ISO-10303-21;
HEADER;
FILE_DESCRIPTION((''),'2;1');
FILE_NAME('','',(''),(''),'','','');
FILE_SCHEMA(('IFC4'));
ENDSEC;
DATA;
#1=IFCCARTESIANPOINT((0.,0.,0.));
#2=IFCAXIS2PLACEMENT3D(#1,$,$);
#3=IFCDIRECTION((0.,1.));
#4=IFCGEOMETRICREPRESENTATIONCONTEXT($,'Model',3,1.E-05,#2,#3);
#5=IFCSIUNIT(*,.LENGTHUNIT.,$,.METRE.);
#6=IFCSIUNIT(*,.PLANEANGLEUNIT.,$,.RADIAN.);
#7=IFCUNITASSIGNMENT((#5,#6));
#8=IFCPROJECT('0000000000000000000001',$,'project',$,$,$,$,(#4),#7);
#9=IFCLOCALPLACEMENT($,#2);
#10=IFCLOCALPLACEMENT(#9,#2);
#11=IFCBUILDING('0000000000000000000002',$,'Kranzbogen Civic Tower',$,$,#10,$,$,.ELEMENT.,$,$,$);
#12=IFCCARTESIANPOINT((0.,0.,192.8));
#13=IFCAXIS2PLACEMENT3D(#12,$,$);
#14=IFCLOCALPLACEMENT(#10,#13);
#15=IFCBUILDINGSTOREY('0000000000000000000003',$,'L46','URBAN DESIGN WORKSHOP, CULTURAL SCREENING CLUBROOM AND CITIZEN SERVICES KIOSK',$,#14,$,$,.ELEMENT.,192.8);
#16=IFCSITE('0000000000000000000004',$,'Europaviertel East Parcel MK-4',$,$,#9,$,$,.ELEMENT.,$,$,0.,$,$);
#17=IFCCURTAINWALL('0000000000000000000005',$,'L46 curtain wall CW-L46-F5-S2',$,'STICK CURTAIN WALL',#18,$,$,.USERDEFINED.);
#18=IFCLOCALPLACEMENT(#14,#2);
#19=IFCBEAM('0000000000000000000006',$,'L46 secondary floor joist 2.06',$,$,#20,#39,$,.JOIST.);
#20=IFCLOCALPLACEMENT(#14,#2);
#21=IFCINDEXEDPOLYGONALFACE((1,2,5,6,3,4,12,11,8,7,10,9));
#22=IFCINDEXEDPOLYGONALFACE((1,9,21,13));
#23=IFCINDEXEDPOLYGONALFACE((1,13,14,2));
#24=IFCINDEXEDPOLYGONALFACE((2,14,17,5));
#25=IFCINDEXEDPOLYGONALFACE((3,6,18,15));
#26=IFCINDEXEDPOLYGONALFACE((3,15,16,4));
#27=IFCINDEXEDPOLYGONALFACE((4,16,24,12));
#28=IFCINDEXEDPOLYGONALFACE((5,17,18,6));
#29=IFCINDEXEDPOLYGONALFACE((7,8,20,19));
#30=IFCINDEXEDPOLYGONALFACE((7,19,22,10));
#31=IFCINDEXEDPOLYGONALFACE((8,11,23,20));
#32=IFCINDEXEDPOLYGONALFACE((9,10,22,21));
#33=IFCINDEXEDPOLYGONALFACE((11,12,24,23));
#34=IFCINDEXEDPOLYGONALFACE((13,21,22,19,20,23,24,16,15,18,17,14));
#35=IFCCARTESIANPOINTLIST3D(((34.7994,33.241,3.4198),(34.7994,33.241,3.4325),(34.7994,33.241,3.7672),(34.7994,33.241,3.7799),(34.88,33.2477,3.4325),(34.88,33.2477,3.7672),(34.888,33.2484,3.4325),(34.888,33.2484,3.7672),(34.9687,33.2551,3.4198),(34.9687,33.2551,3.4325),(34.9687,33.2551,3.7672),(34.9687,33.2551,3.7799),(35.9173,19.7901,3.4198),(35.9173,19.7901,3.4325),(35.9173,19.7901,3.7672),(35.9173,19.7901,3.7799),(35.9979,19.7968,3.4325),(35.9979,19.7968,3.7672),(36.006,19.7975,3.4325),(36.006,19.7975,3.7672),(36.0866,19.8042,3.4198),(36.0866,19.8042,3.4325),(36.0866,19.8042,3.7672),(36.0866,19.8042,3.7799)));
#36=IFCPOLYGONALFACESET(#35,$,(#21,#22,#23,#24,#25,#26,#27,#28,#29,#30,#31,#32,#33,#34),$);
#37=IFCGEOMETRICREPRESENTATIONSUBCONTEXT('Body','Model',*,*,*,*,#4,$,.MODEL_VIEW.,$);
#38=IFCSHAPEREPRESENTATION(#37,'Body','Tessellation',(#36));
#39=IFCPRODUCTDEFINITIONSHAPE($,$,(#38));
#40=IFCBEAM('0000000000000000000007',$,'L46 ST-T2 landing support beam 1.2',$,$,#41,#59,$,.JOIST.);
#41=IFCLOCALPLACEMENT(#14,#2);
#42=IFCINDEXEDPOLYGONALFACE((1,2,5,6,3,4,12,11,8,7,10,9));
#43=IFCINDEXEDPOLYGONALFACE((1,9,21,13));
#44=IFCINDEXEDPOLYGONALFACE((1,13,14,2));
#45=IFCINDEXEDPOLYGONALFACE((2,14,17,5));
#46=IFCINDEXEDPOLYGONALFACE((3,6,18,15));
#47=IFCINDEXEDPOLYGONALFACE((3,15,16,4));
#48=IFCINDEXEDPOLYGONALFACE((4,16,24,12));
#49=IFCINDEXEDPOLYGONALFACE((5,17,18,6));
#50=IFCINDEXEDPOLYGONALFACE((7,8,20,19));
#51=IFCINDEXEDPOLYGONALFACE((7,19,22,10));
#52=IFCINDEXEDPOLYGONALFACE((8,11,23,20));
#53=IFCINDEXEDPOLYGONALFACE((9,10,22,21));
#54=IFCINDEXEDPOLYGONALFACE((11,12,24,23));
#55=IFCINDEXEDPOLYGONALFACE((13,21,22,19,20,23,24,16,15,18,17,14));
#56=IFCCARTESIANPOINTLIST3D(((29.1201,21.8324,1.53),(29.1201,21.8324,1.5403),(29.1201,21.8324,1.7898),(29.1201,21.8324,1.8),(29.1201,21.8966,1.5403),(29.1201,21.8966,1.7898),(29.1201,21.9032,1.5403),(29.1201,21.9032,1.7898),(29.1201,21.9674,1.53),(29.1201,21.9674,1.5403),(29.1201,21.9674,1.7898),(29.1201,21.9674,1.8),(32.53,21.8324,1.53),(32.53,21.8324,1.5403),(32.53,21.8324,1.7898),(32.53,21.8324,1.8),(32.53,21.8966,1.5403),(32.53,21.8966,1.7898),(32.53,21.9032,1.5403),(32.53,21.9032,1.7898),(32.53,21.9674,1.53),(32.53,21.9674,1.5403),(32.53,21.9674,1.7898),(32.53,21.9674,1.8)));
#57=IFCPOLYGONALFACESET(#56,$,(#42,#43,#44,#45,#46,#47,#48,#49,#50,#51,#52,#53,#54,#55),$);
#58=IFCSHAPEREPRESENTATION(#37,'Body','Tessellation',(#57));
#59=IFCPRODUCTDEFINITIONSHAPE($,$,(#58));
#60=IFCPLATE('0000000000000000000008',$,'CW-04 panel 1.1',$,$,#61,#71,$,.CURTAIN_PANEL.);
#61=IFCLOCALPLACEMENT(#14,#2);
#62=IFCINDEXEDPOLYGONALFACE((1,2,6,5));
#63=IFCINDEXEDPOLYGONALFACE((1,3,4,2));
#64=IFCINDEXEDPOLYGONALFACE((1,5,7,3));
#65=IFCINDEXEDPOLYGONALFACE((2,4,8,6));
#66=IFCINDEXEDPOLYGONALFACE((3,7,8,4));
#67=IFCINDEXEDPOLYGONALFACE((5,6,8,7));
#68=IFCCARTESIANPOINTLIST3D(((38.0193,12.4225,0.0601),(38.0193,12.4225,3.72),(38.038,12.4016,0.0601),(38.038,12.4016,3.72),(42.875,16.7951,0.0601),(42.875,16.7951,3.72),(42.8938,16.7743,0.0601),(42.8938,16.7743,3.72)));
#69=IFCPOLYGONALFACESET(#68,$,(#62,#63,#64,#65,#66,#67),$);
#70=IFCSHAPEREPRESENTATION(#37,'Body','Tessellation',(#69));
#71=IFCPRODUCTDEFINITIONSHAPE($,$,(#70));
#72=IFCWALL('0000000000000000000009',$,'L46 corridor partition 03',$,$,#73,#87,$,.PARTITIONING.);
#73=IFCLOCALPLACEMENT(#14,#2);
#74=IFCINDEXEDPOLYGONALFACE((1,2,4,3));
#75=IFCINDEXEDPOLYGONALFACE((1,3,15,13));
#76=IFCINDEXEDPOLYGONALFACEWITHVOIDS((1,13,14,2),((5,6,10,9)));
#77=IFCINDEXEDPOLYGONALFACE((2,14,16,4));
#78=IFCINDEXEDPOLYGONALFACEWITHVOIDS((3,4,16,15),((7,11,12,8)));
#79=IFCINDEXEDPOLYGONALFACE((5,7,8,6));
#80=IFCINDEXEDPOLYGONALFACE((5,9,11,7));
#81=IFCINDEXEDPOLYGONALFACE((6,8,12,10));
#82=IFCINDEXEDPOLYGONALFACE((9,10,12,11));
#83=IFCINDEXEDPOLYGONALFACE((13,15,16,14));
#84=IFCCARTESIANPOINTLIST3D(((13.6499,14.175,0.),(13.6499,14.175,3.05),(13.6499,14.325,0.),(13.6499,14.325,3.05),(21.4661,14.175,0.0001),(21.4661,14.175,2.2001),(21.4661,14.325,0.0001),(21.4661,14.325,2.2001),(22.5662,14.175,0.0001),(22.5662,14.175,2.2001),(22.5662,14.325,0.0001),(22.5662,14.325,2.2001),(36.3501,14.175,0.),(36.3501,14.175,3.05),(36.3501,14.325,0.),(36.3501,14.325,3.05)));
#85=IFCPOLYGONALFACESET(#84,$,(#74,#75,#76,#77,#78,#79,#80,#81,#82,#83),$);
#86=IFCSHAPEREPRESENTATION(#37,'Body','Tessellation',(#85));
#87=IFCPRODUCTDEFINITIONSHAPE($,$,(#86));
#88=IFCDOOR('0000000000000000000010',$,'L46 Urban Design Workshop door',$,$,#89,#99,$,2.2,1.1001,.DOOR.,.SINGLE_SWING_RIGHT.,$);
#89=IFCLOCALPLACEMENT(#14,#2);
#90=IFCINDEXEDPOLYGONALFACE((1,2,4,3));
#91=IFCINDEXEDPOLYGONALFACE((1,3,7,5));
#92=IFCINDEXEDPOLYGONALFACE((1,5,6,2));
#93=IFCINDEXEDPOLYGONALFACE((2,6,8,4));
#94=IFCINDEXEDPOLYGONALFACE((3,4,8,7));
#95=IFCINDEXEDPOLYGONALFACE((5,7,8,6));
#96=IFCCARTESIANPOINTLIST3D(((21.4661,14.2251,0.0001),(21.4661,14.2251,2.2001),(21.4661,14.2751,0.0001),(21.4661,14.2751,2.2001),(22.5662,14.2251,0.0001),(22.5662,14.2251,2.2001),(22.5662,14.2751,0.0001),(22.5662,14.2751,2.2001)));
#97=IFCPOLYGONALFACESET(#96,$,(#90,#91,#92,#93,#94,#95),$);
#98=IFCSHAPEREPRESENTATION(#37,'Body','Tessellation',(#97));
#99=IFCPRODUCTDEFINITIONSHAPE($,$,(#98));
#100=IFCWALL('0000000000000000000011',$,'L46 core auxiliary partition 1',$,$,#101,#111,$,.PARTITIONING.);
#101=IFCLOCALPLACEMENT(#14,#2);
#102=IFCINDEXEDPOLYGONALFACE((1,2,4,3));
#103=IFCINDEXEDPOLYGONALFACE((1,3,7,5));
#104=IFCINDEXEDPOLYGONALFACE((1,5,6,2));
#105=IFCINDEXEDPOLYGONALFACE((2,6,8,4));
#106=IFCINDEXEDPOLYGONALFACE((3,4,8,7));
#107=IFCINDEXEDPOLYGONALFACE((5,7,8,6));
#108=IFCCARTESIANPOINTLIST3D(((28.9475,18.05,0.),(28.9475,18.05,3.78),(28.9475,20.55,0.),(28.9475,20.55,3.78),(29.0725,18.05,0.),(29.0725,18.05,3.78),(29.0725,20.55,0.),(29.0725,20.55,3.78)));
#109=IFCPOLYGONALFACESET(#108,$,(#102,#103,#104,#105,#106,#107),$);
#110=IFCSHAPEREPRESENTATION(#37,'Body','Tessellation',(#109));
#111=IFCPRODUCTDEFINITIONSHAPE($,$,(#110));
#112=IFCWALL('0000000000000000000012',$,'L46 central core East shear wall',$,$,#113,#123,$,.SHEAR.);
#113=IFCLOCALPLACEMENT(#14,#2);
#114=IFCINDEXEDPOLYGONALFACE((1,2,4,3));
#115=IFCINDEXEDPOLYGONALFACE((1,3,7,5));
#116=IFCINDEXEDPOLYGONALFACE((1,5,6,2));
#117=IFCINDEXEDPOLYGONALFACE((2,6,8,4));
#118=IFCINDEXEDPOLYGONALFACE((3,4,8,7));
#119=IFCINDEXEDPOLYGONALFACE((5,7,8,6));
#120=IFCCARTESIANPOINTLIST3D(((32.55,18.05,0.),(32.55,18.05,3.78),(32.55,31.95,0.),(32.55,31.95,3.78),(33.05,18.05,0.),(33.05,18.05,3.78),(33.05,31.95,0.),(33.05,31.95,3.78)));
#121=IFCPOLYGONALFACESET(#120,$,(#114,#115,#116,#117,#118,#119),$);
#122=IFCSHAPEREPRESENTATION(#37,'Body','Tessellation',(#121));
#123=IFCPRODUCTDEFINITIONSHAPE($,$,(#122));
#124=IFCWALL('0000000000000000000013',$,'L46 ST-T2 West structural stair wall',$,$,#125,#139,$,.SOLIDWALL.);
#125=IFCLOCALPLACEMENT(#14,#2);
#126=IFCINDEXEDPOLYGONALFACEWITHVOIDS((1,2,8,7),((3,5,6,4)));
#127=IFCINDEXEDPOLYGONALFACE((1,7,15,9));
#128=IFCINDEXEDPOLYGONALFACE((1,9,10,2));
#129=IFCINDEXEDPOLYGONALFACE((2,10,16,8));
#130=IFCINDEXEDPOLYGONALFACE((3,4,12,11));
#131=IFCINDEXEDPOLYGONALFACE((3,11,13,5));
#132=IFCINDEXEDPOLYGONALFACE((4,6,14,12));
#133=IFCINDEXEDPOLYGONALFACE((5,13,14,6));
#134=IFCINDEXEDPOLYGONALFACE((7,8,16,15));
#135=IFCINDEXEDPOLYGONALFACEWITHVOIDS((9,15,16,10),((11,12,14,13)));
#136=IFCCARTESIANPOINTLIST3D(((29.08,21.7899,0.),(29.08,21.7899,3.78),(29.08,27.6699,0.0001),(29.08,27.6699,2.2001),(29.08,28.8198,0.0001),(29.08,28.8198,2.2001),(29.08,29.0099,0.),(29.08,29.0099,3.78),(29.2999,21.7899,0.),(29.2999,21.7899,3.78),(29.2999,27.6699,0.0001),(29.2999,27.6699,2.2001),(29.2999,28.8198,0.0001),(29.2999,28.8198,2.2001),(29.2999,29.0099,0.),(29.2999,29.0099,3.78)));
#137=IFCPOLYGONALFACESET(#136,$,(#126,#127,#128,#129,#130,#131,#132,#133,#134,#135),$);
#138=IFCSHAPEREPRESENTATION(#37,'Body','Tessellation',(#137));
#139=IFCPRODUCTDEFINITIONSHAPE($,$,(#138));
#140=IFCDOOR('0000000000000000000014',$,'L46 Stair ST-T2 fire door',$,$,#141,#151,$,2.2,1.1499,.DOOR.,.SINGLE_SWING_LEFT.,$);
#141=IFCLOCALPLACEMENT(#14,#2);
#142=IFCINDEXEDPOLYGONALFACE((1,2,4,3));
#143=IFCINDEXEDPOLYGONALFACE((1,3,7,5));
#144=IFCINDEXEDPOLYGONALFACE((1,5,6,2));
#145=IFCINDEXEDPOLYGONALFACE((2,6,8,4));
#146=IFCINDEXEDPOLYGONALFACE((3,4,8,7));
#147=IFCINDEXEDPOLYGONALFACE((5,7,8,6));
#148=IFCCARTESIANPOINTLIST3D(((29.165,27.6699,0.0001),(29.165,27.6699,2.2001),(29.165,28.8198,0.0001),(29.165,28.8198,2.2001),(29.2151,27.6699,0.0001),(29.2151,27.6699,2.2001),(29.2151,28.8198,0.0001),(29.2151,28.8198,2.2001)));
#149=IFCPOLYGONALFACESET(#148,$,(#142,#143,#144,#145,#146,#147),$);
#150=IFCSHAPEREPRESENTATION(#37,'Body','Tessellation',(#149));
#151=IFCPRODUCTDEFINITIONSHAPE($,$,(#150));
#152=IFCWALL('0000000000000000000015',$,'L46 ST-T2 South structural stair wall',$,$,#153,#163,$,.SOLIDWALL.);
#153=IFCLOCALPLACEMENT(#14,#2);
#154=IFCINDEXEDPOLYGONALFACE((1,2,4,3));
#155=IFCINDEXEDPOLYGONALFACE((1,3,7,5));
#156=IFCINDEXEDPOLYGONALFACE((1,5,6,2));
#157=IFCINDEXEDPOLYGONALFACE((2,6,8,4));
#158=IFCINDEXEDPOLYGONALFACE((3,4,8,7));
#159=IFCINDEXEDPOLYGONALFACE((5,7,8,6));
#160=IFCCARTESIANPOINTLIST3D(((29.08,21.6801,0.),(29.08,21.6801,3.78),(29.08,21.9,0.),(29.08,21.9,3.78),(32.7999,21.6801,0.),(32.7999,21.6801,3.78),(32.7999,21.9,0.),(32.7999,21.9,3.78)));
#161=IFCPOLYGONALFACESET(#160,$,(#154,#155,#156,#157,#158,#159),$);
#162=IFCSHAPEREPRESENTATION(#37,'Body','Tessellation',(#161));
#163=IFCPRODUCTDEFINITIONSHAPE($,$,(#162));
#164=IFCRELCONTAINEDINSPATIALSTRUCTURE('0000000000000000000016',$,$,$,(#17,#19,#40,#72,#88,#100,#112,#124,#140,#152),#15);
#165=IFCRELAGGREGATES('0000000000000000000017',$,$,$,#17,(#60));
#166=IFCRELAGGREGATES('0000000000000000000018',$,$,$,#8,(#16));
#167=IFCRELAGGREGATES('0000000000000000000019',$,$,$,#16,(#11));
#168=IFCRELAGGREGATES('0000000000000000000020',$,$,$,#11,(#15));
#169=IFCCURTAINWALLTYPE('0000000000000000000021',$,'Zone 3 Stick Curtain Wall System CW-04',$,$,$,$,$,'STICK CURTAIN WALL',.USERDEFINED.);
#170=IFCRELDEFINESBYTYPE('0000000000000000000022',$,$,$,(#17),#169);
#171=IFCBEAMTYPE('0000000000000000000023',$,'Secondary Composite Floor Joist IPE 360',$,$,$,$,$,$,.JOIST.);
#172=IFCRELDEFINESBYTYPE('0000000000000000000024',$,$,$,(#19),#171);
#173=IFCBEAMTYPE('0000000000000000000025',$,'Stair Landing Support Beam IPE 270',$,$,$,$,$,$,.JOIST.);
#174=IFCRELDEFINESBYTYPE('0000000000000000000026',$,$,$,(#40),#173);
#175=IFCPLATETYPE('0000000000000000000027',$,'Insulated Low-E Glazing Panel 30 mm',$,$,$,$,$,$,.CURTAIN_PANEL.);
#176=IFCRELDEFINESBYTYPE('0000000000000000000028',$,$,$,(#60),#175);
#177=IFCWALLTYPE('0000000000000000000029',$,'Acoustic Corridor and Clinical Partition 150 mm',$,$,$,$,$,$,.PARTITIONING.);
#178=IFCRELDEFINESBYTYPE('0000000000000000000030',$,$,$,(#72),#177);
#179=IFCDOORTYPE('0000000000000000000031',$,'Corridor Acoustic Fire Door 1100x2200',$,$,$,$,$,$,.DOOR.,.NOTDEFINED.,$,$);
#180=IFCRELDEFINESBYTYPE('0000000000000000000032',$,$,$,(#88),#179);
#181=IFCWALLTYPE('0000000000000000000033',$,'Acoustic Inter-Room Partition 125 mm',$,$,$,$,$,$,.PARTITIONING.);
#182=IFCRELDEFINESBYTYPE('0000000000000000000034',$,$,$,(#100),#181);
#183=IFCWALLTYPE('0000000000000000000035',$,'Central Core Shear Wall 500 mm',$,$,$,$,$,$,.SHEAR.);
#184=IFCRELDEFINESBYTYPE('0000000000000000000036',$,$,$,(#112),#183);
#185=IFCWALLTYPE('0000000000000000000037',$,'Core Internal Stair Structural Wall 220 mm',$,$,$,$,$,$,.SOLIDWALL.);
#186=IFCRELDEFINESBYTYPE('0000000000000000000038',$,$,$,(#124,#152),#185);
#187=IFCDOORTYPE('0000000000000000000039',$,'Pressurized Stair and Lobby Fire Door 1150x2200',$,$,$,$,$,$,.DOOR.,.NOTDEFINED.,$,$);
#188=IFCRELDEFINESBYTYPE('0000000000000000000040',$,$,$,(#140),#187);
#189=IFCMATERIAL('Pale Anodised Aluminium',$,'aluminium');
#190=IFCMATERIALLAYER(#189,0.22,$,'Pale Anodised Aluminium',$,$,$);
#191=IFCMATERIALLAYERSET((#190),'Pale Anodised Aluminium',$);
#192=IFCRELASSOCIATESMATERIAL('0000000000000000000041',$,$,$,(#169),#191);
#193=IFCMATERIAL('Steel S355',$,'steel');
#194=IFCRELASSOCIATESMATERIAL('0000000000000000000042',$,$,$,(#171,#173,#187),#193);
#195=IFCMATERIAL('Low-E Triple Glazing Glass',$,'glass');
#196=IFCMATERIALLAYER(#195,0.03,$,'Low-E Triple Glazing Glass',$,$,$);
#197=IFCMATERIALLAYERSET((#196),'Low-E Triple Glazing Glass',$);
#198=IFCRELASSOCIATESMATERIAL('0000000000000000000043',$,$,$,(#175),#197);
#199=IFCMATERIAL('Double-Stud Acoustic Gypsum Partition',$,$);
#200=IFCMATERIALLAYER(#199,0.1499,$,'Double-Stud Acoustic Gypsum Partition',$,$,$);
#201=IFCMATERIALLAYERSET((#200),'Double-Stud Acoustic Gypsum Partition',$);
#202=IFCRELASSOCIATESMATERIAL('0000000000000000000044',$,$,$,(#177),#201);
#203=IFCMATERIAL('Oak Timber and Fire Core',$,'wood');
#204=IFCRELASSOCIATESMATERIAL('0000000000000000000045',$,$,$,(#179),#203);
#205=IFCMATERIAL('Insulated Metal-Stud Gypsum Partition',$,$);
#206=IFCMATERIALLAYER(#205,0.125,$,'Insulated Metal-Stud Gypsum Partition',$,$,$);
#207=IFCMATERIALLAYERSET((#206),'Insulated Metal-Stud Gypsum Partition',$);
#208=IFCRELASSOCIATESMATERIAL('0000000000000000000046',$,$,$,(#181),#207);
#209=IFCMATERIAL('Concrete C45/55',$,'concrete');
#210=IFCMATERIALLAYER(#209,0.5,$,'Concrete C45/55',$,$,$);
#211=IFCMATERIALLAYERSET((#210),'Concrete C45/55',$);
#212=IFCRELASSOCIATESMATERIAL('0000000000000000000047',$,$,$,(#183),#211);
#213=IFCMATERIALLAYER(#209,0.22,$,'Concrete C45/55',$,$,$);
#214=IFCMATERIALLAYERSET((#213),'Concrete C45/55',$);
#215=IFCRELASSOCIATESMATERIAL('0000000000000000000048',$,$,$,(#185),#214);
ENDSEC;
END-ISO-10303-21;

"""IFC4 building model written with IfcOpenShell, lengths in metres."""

from ifc_helpers import new_model, si_unit, direction, frame, frame_2d, origin, origin_2d, place, context, subcontext, project, spatial, rectangle, i_section, extrude, material, layer, layer_set, material_profile, profile_set, type_object, element, fill, aggregate, save


model = new_model("IFC4")

# Units and contexts
model_context = context("Model", 3, precision=1e-05, world=origin(), true_north=direction((0.0, 1.0)))
body_context = subcontext(model_context, "Body", "Model", "MODEL_VIEW")
ifc_project = project(units=[si_unit("LENGTHUNIT", "METRE"), si_unit("PLANEANGLEUNIT", "RADIAN")], contexts=[model_context])

# Site, building, storey
site_placement = place(None, origin())
site = spatial("IfcSite", under=ifc_project, at=site_placement, Name="Europaviertel East Parcel MK-4", CompositionType="ELEMENT", RefElevation=0.0)
building_placement = place(site_placement, origin())
building = spatial("IfcBuilding", under=site, at=building_placement, Name="Kranzbogen Civic Tower", CompositionType="ELEMENT")
storey_placement = place(building_placement, frame((0.0, 0.0, 192.8)))
storey = spatial("IfcBuildingStorey", under=building, at=storey_placement, Name="L46", Description="URBAN DESIGN WORKSHOP, CULTURAL SCREENING CLUBROOM AND CITIZEN SERVICES KIOSK", CompositionType="ELEMENT", Elevation=192.8)

# Shared definitions
ifc_material_1 = material(Name="Steel S355", Category="steel")

# Curtain wall
ifc_material_2 = material(Name="Pale Anodised Aluminium", Category="aluminium")
ifc_layer_1 = layer(ifc_material_2, 0.22, Name="Pale Anodised Aluminium")
ifc_layer_set_1 = layer_set([ifc_layer_1], Name="Pale Anodised Aluminium")
curtain_wall_type = type_object("IfcCurtainWallType", Name="Zone 3 Stick Curtain Wall System CW-04", ElementType="STICK CURTAIN WALL", PredefinedType="USERDEFINED", material=ifc_layer_set_1)
curtain_wall_1_placement = place(storey_placement, origin())
curtain_wall_1 = element("IfcCurtainWall", 1, at=curtain_wall_1_placement, inside=storey, type_object=curtain_wall_type, Name="L46 curtain wall CW-L46-F5-S2", ObjectType="STICK CURTAIN WALL", PredefinedType="USERDEFINED")

# Beams
ifc_material_profile_1 = material_profile(ifc_material_1, i_section(OverallWidth=0.1699, OverallDepth=0.3601, WebThickness=0.0081, FlangeThickness=0.0127, at=origin_2d()), Name="IPE 360")
ifc_profile_set_1 = profile_set([ifc_material_profile_1], Name="Steel S355")
beam_type_1 = type_object("IfcBeamType", Name="Secondary Composite Floor Joist IPE 360", PredefinedType="JOIST", material=ifc_profile_set_1)
beam_1_placement = place(storey_placement, frame((36.002, 19.7971, 3.5999), z_axis=(-0.082825, 0.996564, 0.0), x_axis=(-0.996564, -0.082825, 0.0)))
element("IfcBeam", 2, at=beam_1_placement, inside=storey, type_object=beam_type_1, Name="L46 secondary floor joist 2.06", PredefinedType="JOIST", context=body_context, shape_type="SweptSolid", body=[
    extrude(i_section(OverallWidth=0.1699, OverallDepth=0.3601, WebThickness=0.0081, FlangeThickness=0.0127, at=origin_2d()), origin(), (0.0, 0.0, 1.0), 13.4973),
])
ifc_material_profile_2 = material_profile(ifc_material_1, i_section(OverallWidth=0.135, OverallDepth=0.27, WebThickness=0.0066, FlangeThickness=0.0103, at=origin_2d()), Name="IPE 270")
ifc_profile_set_2 = profile_set([ifc_material_profile_2], Name="Steel S355")
beam_type_2 = type_object("IfcBeamType", Name="Stair Landing Support Beam IPE 270", PredefinedType="JOIST", material=ifc_profile_set_2)
beam_2_placement = place(storey_placement, frame((29.1201, 21.8999, 1.665), z_axis=(1.0, 0.0, 0.0), x_axis=(0.0, 1.0, 0.0)))
element("IfcBeam", 3, at=beam_2_placement, inside=storey, type_object=beam_type_2, Name="L46 ST-T2 landing support beam 1.2", PredefinedType="JOIST", context=body_context, shape_type="SweptSolid", body=[
    extrude(i_section(OverallWidth=0.135, OverallDepth=0.27, WebThickness=0.0066, FlangeThickness=0.0103, at=origin_2d()), origin(), (0.0, 0.0, 1.0), 3.4099),
])

# Plate
ifc_material_3 = material(Name="Low-E Triple Glazing Glass", Category="glass")
ifc_layer_2 = layer(ifc_material_3, 0.03, Name="Low-E Triple Glazing Glass")
ifc_layer_set_2 = layer_set([ifc_layer_2], Name="Low-E Triple Glazing Glass")
plate_type = type_object("IfcPlateType", Name="Insulated Low-E Glazing Panel 30 mm", PredefinedType="CURTAIN_PANEL", material=ifc_layer_set_2)
plate_placement = place(storey_placement, frame((40.4565, 14.5984, 0.0601), z_axis=(0.0, 0.0, 1.0), x_axis=(0.743107, 0.669172, 0.0)))
plate = element("IfcPlate", 4, at=plate_placement, type_object=plate_type, Name="CW-04 panel 1.1", PredefinedType="CURTAIN_PANEL", context=body_context, shape_type="SweptSolid", body=[
    extrude(rectangle(XDim=6.5344, YDim=0.0281, at=origin_2d()), origin(), (0.0, 0.0, 1.0), 3.6599),
])
aggregate(curtain_wall_1, [plate])

# Wall, opening, door
ifc_material_4 = material(Name="Double-Stud Acoustic Gypsum Partition")
ifc_layer_3 = layer(ifc_material_4, 0.1499, Name="Double-Stud Acoustic Gypsum Partition")
ifc_layer_set_3 = layer_set([ifc_layer_3], Name="Double-Stud Acoustic Gypsum Partition")
wall_type_1 = type_object("IfcWallType", Name="Acoustic Corridor and Clinical Partition 150 mm", PredefinedType="PARTITIONING", material=ifc_layer_set_3)
wall_1_placement = place(storey_placement, frame((36.3501, 14.25, 0.0), z_axis=(0.0, 0.0, 1.0), x_axis=(-1.0, 0.0, 0.0)))
wall_1 = element("IfcWall", 5, at=wall_1_placement, inside=storey, type_object=wall_type_1, Name="L46 corridor partition 03", PredefinedType="PARTITIONING", context=body_context, shape_type="SweptSolid", body=[
    extrude(rectangle(XDim=22.7002, YDim=0.1499, at=frame_2d((11.3501, 0.0))), origin(), (0.0, 0.0, 1.0), 3.05),
])
opening_1_placement = place(wall_1_placement, frame((13.7839, 0.0, 0.0)))
opening_1 = element("IfcOpeningElement", 6, at=opening_1_placement, cuts=wall_1, PredefinedType="OPENING", context=body_context, shape_type="SweptSolid", body=[
    extrude(rectangle(XDim=1.1001, YDim=2.2, at=frame_2d((0.55, 1.1001))), frame((0.0, 0.085, 0.0), z_axis=(0.0, -1.0, 0.0), x_axis=(1.0, 0.0, 0.0)), (0.0, 0.0, 1.0), 0.1699),
])
ifc_material_5 = material(Name="Oak Timber and Fire Core", Category="wood")
door_type_1 = type_object("IfcDoorType", Name="Corridor Acoustic Fire Door 1100x2200", OperationType="NOTDEFINED", PredefinedType="DOOR", material=ifc_material_5)
door_1_placement = place(opening_1_placement, origin())
door_1 = element("IfcDoor", 7, at=door_1_placement, inside=storey, type_object=door_type_1, Name="L46 Urban Design Workshop door", OperationType="SINGLE_SWING_RIGHT", OverallHeight=2.2, OverallWidth=1.1001, PredefinedType="DOOR", context=body_context, shape_type="SweptSolid", body=[
    extrude(rectangle(XDim=1.1001, YDim=2.2, at=frame_2d((0.55, 1.1001))), frame((0.0, 0.0249, 0.0), z_axis=(0.0, -1.0, 0.0), x_axis=(1.0, 0.0, 0.0)), (0.0, 0.0, 1.0), 0.05),
])
fill(opening_1, door_1)

# Walls
ifc_material_6 = material(Name="Insulated Metal-Stud Gypsum Partition")
ifc_layer_4 = layer(ifc_material_6, 0.125, Name="Insulated Metal-Stud Gypsum Partition")
ifc_layer_set_4 = layer_set([ifc_layer_4], Name="Insulated Metal-Stud Gypsum Partition")
wall_type_2 = type_object("IfcWallType", Name="Acoustic Inter-Room Partition 125 mm", PredefinedType="PARTITIONING", material=ifc_layer_set_4)
wall_2_placement = place(storey_placement, frame((29.01, 18.05, 0.0), z_axis=(0.0, 0.0, 1.0), x_axis=(0.0, 1.0, 0.0)))
element("IfcWall", 8, at=wall_2_placement, inside=storey, type_object=wall_type_2, Name="L46 core auxiliary partition 1", PredefinedType="PARTITIONING", context=body_context, shape_type="SweptSolid", body=[
    extrude(rectangle(XDim=2.5, YDim=0.125, at=frame_2d((1.25, 0.0))), origin(), (0.0, 0.0, 1.0), 3.78),
])
ifc_material_7 = material(Name="Concrete C45/55", Category="concrete")
ifc_layer_5 = layer(ifc_material_7, 0.5, Name="Concrete C45/55")
ifc_layer_set_5 = layer_set([ifc_layer_5], Name="Concrete C45/55")
wall_type_3 = type_object("IfcWallType", Name="Central Core Shear Wall 500 mm", PredefinedType="SHEAR", material=ifc_layer_set_5)
wall_3_placement = place(storey_placement, frame((32.8, 18.05, 0.0), z_axis=(0.0, 0.0, 1.0), x_axis=(0.0, 1.0, 0.0)))
element("IfcWall", 9, at=wall_3_placement, inside=storey, type_object=wall_type_3, Name="L46 central core East shear wall", PredefinedType="SHEAR", context=body_context, shape_type="SweptSolid", body=[
    extrude(rectangle(XDim=13.8999, YDim=0.5, at=frame_2d((6.95, 0.0))), origin(), (0.0, 0.0, 1.0), 3.78),
])

# Wall, opening, door
ifc_layer_6 = layer(ifc_material_7, 0.22, Name="Concrete C45/55")
ifc_layer_set_6 = layer_set([ifc_layer_6], Name="Concrete C45/55")
wall_type_4 = type_object("IfcWallType", Name="Core Internal Stair Structural Wall 220 mm", PredefinedType="SOLIDWALL", material=ifc_layer_set_6)
wall_4_placement = place(storey_placement, frame((29.1899, 21.79, 0.0), z_axis=(0.0, 0.0, 1.0), x_axis=(0.0, 1.0, 0.0)))
wall_4 = element("IfcWall", 10, at=wall_4_placement, inside=storey, type_object=wall_type_4, Name="L46 ST-T2 West structural stair wall", PredefinedType="SOLIDWALL", context=body_context, shape_type="SweptSolid", body=[
    extrude(rectangle(XDim=7.22, YDim=0.22, at=frame_2d((3.6099, 0.0))), origin(), (0.0, 0.0, 1.0), 3.78),
])
opening_2_placement = place(wall_4_placement, frame((5.8799, 0.0, 0.0)))
opening_2 = element("IfcOpeningElement", 11, at=opening_2_placement, cuts=wall_4, PredefinedType="OPENING", context=body_context, shape_type="SweptSolid", body=[
    extrude(rectangle(XDim=1.1499, YDim=2.2, at=frame_2d((0.575, 1.1001))), frame((0.0, 0.1201, 0.0), z_axis=(0.0, -1.0, 0.0), x_axis=(1.0, 0.0, 0.0)), (0.0, 0.0, 1.0), 0.24),
])
door_type_2 = type_object("IfcDoorType", Name="Pressurized Stair and Lobby Fire Door 1150x2200", OperationType="NOTDEFINED", PredefinedType="DOOR", material=ifc_material_1)
door_2_placement = place(opening_2_placement, origin())
door_2 = element("IfcDoor", 12, at=door_2_placement, inside=storey, type_object=door_type_2, Name="L46 Stair ST-T2 fire door", OperationType="SINGLE_SWING_LEFT", OverallHeight=2.2, OverallWidth=1.1499, PredefinedType="DOOR", context=body_context, shape_type="SweptSolid", body=[
    extrude(rectangle(XDim=1.1499, YDim=2.2, at=frame_2d((0.575, 1.1001))), frame((0.0, 0.0249, 0.0), z_axis=(0.0, -1.0, 0.0), x_axis=(1.0, 0.0, 0.0)), (0.0, 0.0, 1.0), 0.05),
])
fill(opening_2, door_2)

# Wall
wall_5_placement = place(storey_placement, frame((29.0801, 21.79, 0.0), z_axis=(0.0, 0.0, 1.0), x_axis=(1.0, 0.0, 0.0)))
element("IfcWall", 13, at=wall_5_placement, inside=storey, type_object=wall_type_4, Name="L46 ST-T2 South structural stair wall", PredefinedType="SOLIDWALL", context=body_context, shape_type="SweptSolid", body=[
    extrude(rectangle(XDim=3.72, YDim=0.22, at=frame_2d((1.8599, 0.0))), origin(), (0.0, 0.0, 1.0), 3.78),
])

save(model, "model.ifc")
